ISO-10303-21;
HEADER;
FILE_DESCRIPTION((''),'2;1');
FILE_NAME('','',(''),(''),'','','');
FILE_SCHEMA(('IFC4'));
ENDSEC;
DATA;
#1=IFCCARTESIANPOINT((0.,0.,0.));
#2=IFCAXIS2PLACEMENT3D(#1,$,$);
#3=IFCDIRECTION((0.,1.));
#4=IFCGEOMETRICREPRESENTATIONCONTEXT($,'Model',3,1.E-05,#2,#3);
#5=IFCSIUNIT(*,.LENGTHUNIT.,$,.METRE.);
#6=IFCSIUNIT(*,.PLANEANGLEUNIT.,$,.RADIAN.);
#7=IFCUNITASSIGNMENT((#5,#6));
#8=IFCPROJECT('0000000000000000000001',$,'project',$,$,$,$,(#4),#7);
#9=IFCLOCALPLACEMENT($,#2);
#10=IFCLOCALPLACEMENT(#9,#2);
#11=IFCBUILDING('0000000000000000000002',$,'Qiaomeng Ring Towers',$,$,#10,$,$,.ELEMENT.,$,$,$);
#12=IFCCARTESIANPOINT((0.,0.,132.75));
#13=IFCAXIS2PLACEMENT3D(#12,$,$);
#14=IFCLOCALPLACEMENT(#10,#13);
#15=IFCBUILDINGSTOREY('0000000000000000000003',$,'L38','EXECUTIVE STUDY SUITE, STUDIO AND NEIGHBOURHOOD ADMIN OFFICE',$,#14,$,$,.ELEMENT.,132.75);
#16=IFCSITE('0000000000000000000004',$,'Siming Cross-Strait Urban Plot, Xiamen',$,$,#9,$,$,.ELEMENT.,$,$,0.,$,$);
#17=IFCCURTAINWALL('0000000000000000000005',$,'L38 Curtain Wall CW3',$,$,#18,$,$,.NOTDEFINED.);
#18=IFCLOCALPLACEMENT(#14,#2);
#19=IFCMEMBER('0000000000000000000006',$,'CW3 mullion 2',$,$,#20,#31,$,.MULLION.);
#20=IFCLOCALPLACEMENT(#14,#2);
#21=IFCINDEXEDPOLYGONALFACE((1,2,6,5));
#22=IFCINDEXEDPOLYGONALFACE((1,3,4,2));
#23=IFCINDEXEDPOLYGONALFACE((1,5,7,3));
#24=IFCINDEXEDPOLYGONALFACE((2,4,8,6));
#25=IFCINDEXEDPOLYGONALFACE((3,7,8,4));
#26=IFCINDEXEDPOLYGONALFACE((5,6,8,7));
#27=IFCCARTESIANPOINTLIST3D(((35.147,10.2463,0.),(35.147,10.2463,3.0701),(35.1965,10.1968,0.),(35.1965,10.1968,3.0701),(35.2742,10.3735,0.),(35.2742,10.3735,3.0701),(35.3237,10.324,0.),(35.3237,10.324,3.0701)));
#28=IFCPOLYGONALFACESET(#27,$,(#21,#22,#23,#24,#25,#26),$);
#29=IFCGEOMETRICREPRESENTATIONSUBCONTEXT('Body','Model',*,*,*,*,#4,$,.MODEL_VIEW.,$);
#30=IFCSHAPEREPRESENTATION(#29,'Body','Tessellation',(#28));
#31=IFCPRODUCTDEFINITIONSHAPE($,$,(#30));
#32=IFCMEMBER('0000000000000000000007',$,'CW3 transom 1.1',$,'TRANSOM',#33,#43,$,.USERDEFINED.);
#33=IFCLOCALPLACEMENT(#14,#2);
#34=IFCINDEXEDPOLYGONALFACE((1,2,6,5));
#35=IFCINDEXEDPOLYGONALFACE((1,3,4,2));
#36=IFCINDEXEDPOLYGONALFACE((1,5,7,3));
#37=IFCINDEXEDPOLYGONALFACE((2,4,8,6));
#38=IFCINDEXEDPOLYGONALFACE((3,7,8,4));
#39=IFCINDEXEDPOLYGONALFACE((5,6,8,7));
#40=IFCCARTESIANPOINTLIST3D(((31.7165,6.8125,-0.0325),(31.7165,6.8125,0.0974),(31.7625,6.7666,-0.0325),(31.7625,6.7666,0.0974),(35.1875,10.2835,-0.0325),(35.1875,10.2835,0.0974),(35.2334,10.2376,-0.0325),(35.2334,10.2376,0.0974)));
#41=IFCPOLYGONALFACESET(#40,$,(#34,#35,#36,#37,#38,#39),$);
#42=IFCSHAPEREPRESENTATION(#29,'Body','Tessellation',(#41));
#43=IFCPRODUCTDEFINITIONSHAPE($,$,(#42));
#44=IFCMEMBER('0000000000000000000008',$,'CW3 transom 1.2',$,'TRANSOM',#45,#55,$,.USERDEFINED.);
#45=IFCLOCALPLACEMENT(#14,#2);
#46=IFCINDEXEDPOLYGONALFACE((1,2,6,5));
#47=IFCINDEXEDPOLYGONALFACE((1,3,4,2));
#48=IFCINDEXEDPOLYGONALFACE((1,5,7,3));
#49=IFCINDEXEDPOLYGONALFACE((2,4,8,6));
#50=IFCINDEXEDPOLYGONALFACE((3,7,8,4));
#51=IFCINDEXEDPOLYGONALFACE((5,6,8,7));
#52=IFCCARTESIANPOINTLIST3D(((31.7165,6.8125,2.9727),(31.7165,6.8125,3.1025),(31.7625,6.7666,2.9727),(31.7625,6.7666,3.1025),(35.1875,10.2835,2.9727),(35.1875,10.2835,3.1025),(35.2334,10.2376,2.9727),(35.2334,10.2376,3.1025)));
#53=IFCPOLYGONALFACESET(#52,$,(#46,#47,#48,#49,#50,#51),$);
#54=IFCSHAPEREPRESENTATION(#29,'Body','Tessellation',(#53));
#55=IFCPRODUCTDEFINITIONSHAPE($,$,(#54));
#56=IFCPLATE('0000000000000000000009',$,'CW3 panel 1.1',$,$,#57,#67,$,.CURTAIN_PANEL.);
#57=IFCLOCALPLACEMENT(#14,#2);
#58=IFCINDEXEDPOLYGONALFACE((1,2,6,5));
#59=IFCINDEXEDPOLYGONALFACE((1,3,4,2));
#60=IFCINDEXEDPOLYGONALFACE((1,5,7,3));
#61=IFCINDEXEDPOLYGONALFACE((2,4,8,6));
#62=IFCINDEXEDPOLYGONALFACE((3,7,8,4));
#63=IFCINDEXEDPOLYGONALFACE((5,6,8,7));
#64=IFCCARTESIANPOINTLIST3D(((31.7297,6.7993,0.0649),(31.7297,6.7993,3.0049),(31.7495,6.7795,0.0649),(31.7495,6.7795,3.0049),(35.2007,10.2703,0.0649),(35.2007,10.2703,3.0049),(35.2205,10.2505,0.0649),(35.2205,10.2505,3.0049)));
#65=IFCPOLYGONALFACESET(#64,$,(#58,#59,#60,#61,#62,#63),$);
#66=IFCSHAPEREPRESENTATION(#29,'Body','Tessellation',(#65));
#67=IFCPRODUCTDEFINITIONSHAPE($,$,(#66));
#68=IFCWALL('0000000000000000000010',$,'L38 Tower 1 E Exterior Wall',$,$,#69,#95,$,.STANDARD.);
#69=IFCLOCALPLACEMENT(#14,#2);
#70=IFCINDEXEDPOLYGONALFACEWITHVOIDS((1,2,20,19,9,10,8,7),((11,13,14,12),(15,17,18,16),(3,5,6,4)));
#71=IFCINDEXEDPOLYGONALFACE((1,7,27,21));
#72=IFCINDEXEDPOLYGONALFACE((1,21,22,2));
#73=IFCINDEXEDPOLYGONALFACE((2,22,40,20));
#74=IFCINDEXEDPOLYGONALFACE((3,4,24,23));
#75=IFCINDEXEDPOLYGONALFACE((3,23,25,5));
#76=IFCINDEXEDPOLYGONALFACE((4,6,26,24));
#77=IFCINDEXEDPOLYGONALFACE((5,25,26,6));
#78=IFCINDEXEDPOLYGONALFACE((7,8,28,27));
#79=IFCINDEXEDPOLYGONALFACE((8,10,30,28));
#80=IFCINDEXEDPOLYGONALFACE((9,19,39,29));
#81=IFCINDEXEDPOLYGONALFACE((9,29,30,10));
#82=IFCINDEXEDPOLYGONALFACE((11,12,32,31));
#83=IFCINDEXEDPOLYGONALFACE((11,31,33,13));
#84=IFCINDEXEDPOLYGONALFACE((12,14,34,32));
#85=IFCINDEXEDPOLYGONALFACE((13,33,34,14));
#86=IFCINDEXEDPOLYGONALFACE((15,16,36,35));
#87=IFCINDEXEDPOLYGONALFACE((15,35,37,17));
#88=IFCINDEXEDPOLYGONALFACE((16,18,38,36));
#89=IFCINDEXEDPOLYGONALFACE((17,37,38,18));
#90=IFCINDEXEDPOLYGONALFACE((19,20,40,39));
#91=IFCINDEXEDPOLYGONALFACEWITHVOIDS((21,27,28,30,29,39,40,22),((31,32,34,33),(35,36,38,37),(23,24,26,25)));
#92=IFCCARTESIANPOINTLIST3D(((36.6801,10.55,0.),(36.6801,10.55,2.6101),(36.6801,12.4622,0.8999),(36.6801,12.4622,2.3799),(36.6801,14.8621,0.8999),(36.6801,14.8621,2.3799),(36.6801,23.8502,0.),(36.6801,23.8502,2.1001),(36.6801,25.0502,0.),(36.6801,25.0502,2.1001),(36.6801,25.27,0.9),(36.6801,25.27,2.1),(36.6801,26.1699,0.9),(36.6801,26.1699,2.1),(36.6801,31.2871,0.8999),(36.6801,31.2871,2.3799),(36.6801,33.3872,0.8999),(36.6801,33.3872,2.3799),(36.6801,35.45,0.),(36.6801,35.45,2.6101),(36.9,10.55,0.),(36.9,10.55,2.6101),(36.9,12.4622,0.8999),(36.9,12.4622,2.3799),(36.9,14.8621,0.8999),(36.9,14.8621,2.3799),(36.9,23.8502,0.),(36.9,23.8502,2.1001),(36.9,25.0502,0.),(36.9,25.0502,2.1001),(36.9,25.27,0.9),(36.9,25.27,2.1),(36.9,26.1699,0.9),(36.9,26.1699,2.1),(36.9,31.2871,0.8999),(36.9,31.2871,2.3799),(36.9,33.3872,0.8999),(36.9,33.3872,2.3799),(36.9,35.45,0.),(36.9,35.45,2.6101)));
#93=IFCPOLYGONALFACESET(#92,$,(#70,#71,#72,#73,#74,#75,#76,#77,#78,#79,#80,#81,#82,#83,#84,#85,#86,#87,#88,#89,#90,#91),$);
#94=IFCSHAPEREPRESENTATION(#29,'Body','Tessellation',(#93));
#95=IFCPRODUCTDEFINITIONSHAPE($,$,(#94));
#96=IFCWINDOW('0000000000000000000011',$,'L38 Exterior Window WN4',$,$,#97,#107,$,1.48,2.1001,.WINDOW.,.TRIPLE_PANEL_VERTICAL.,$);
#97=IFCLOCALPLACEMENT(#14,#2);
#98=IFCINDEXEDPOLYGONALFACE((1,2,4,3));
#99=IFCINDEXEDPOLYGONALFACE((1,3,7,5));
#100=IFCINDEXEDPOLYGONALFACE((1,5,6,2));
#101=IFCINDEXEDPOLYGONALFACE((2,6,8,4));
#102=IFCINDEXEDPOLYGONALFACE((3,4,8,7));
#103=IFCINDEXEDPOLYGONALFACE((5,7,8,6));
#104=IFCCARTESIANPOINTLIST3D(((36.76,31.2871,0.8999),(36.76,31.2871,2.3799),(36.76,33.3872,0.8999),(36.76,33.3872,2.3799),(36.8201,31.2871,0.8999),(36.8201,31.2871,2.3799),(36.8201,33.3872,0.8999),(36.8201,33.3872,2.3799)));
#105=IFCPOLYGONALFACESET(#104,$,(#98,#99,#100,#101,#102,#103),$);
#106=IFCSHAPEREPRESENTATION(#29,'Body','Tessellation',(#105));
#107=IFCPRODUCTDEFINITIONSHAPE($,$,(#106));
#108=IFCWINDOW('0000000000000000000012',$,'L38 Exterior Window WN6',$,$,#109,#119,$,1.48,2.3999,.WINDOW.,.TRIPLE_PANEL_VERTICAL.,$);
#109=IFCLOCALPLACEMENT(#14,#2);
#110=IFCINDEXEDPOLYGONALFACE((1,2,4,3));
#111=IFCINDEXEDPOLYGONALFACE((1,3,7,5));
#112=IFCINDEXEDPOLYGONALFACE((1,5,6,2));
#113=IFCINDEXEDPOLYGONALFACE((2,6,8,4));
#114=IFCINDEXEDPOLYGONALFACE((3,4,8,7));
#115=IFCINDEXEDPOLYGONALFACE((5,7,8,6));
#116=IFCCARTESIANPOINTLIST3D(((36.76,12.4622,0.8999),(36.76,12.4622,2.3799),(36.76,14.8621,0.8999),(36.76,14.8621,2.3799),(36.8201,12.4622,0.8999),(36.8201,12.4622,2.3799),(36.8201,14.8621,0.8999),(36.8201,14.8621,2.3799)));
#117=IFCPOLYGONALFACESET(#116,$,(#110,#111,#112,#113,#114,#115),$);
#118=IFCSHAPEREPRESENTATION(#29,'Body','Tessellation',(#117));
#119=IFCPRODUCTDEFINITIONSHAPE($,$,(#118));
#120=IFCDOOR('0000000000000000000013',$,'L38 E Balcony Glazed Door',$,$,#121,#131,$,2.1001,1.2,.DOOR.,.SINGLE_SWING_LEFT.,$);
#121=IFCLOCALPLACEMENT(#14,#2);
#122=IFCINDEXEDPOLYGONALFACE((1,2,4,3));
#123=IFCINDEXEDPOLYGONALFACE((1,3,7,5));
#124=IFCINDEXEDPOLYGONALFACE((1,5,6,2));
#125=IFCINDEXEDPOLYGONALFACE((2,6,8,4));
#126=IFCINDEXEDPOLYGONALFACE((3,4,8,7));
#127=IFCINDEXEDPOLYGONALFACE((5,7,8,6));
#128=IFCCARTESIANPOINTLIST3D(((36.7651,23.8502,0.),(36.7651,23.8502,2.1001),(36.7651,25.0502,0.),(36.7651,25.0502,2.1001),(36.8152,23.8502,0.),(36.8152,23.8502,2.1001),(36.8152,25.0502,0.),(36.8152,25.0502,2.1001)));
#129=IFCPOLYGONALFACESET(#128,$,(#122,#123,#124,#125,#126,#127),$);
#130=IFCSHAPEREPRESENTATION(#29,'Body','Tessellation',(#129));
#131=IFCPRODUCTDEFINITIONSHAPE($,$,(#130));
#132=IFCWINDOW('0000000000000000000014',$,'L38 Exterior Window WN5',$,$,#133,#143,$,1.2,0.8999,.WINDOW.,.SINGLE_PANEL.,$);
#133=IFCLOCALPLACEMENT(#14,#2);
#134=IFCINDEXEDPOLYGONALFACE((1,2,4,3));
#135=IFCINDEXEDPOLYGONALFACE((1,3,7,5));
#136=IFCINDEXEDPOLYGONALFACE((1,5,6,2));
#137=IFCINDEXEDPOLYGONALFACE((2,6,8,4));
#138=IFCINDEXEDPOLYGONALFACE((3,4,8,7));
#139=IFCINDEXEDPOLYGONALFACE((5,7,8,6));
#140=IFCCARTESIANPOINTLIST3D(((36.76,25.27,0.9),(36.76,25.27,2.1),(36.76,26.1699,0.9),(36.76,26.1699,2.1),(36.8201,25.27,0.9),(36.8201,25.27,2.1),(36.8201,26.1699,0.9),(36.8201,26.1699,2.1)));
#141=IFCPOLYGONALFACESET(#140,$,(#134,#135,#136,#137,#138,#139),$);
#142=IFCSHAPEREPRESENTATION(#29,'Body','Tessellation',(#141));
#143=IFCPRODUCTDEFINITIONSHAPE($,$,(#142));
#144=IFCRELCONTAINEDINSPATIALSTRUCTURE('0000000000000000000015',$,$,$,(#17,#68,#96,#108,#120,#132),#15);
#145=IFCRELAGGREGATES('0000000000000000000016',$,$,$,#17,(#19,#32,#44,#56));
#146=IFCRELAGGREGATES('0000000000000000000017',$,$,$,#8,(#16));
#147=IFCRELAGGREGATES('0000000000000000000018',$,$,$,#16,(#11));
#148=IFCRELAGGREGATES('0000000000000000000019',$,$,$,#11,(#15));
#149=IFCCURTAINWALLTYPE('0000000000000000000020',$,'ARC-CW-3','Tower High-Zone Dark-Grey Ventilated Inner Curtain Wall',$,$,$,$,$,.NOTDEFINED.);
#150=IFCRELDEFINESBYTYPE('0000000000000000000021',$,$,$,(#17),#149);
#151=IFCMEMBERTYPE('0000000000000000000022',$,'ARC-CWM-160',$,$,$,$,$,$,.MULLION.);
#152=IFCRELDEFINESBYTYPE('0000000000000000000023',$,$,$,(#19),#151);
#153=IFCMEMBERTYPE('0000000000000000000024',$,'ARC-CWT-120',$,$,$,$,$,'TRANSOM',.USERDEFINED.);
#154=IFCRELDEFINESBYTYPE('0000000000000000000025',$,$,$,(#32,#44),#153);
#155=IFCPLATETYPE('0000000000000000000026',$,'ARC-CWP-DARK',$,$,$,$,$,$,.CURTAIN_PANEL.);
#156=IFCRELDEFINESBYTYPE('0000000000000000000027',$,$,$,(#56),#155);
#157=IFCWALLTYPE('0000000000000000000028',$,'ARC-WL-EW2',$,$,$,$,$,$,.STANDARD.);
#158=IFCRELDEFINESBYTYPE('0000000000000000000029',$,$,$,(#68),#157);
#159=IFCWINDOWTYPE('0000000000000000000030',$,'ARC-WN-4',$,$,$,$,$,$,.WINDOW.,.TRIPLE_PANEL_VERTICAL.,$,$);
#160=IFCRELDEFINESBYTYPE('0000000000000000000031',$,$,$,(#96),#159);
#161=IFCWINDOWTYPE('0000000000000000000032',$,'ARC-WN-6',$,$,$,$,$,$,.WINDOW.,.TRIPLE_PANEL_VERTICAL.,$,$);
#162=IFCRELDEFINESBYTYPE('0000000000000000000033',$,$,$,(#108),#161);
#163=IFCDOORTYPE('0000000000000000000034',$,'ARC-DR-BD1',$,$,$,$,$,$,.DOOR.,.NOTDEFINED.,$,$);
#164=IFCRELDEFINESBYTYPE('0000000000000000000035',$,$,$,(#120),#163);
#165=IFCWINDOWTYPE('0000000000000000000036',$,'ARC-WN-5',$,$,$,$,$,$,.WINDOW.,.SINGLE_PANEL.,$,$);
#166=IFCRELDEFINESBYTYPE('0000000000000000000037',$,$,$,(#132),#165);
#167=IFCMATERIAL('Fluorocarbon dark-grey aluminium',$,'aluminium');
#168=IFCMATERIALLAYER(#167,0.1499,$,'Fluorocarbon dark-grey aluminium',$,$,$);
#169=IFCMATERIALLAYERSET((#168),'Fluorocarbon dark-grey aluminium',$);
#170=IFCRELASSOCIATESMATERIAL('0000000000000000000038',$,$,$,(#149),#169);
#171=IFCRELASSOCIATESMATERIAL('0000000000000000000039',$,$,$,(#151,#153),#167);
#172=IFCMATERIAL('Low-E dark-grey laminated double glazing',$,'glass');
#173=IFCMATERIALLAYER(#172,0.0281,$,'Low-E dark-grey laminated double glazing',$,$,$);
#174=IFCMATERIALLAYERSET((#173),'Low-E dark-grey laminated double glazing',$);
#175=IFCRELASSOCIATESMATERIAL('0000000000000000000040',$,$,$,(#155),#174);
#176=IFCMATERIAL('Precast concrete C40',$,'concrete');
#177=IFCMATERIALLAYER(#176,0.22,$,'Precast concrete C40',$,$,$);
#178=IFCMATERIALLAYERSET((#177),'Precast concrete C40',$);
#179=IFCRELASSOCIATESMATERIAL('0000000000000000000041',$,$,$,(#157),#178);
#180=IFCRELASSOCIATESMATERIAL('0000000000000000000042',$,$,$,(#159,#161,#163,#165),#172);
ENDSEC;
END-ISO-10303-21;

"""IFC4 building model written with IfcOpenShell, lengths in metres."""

from ifc_helpers import new_model, si_unit, direction, frame, frame_2d, origin, origin_2d, place, context, subcontext, project, spatial, rectangle, extrude, source, transform, mapped, material, layer, layer_set, material_profile, profile_set, type_object, element, fill, aggregate, save


model = new_model("IFC4")

# Units and contexts
model_context = context("Model", 3, precision=1e-05, world=origin(), true_north=direction((0.0, 1.0)))
body_context = subcontext(model_context, "Body", "Model", "MODEL_VIEW")
ifc_project = project(units=[si_unit("LENGTHUNIT", "METRE"), si_unit("PLANEANGLEUNIT", "RADIAN")], contexts=[model_context])

# Site, building, storey
site_placement = place(None, origin())
site = spatial("IfcSite", under=ifc_project, at=site_placement, Name="Siming Cross-Strait Urban Plot, Xiamen", CompositionType="ELEMENT", RefElevation=0.0)
building_placement = place(site_placement, origin())
building = spatial("IfcBuilding", under=site, at=building_placement, Name="Qiaomeng Ring Towers", CompositionType="ELEMENT")
storey_placement = place(building_placement, frame((0.0, 0.0, 132.75)))
storey = spatial("IfcBuildingStorey", under=building, at=storey_placement, Name="L38", Description="EXECUTIVE STUDY SUITE, STUDIO AND NEIGHBOURHOOD ADMIN OFFICE", CompositionType="ELEMENT", Elevation=132.75)

# Curtain wall, members, plate
ifc_material_1 = material(Name="Fluorocarbon dark-grey aluminium", Category="aluminium")
ifc_layer_1 = layer(ifc_material_1, 0.1499, Name="Fluorocarbon dark-grey aluminium")
ifc_layer_set_1 = layer_set([ifc_layer_1], Name="Fluorocarbon dark-grey aluminium")
curtain_wall_type = type_object("IfcCurtainWallType", Name="ARC-CW-3", Description="Tower High-Zone Dark-Grey Ventilated Inner Curtain Wall", PredefinedType="NOTDEFINED", material=ifc_layer_set_1)
curtain_wall_placement = place(storey_placement, origin())
curtain_wall = element("IfcCurtainWall", 1, at=curtain_wall_placement, inside=storey, type_object=curtain_wall_type, Name="L38 Curtain Wall CW3", PredefinedType="NOTDEFINED")
ifc_material_profile_1 = material_profile(ifc_material_1, rectangle(XDim=0.0701, YDim=0.1799, at=origin_2d()), Name="ALU MULL 70x180")
ifc_profile_set_1 = profile_set([ifc_material_profile_1], Name="Fluorocarbon dark-grey aluminium")
member_type_1 = type_object("IfcMemberType", Name="ARC-CWM-160", PredefinedType="MULLION", material=ifc_profile_set_1)
shared_shape_1 = source(origin(), body_context, "Body", "SweptSolid", [
    extrude(rectangle(XDim=0.0701, YDim=0.1799, at=origin_2d()), origin(), (0.0, 0.0, 1.0), 3.0701),
])
member_1_placement = place(storey_placement, frame((35.2354, 10.2852, 0.0), z_axis=(0.0, 0.0, 1.0), x_axis=(-0.707107, 0.707107, 0.0)))
member_1 = element("IfcMember", 2, at=member_1_placement, type_object=member_type_1, Name="CW3 mullion 2", PredefinedType="MULLION", context=body_context, shape_type="MappedRepresentation", body=[
    mapped(shared_shape_1, transform((0.0, 0.0, 0.0), x_axis=(1.0, 0.0, 0.0), y_axis=(0.0, 1.0, 0.0), z_axis=(0.0, 0.0, 1.0), scale=1.0)),
])
ifc_material_profile_2 = material_profile(ifc_material_1, rectangle(XDim=0.0649, YDim=0.1299, at=origin_2d()), Name="ALU TRAN 65x130")
ifc_profile_set_2 = profile_set([ifc_material_profile_2], Name="Fluorocarbon dark-grey aluminium")
member_type_2 = type_object("IfcMemberType", Name="ARC-CWT-120", ElementType="TRANSOM", PredefinedType="USERDEFINED", material=ifc_profile_set_2)
shared_shape_2 = source(origin(), body_context, "Body", "SweptSolid", [
    extrude(rectangle(XDim=0.0649, YDim=0.1299, at=origin_2d()), origin(), (0.0, 0.0, 1.0), 4.9087),
])
member_2_placement = place(storey_placement, frame((31.7395, 6.7896, 0.0325), z_axis=(0.707107, 0.707107, 0.0), x_axis=(-0.707107, 0.707107, 0.0)))
member_2 = element("IfcMember", 3, at=member_2_placement, type_object=member_type_2, Name="CW3 transom 1.1", ObjectType="TRANSOM", PredefinedType="USERDEFINED", context=body_context, shape_type="MappedRepresentation", body=[
    mapped(shared_shape_2, transform((0.0, 0.0, 0.0), x_axis=(1.0, 0.0, 0.0), y_axis=(0.0, 1.0, 0.0), z_axis=(0.0, 0.0, 1.0), scale=1.0)),
])
member_3_placement = place(storey_placement, frame((31.7395, 6.7896, 3.0376), z_axis=(0.707107, 0.707107, 0.0), x_axis=(-0.707107, 0.707107, 0.0)))
member_3 = element("IfcMember", 4, at=member_3_placement, type_object=member_type_2, Name="CW3 transom 1.2", ObjectType="TRANSOM", PredefinedType="USERDEFINED", context=body_context, shape_type="MappedRepresentation", body=[
    mapped(shared_shape_2, transform((0.0, 0.0, 0.0), x_axis=(1.0, 0.0, 0.0), y_axis=(0.0, 1.0, 0.0), z_axis=(0.0, 0.0, 1.0), scale=1.0)),
])
ifc_material_2 = material(Name="Low-E dark-grey laminated double glazing", Category="glass")
ifc_layer_2 = layer(ifc_material_2, 0.0281, Name="Low-E dark-grey laminated double glazing")
ifc_layer_set_2 = layer_set([ifc_layer_2], Name="Low-E dark-grey laminated double glazing")
plate_type = type_object("IfcPlateType", Name="ARC-CWP-DARK", PredefinedType="CURTAIN_PANEL", material=ifc_layer_set_2)
shared_shape_3 = source(origin(), body_context, "Body", "SweptSolid", [
    extrude(rectangle(XDim=4.9087, YDim=0.0281, at=origin_2d()), origin(), (0.0, 0.0, 1.0), 2.9399),
])
plate_placement = place(storey_placement, frame((33.4751, 8.5249, 0.0649), z_axis=(0.0, 0.0, 1.0), x_axis=(0.707107, 0.707107, 0.0)))
plate = element("IfcPlate", 5, at=plate_placement, type_object=plate_type, Name="CW3 panel 1.1", PredefinedType="CURTAIN_PANEL", context=body_context, shape_type="MappedRepresentation", body=[
    mapped(shared_shape_3, transform((0.0, 0.0, 0.0), x_axis=(1.0, 0.0, 0.0), y_axis=(0.0, 1.0, 0.0), z_axis=(0.0, 0.0, 1.0), scale=1.0)),
])
aggregate(curtain_wall, [member_1, member_2, member_3, plate])

# Wall, openings, windows, door
ifc_material_3 = material(Name="Precast concrete C40", Category="concrete")
ifc_layer_3 = layer(ifc_material_3, 0.22, Name="Precast concrete C40")
ifc_layer_set_3 = layer_set([ifc_layer_3], Name="Precast concrete C40")
wall_type_1 = type_object("IfcWallType", Name="ARC-WL-EW2", PredefinedType="STANDARD", material=ifc_layer_set_3)
wall_1_placement = place(storey_placement, frame((36.79, 10.55, 0.0), z_axis=(0.0, 0.0, 1.0), x_axis=(0.0, 1.0, 0.0)))
wall_1 = element("IfcWall", 6, at=wall_1_placement, inside=storey, type_object=wall_type_1, Name="L38 Tower 1 E Exterior Wall", PredefinedType="STANDARD", context=body_context, shape_type="SweptSolid", body=[
    extrude(rectangle(XDim=24.8999, YDim=0.22, at=frame_2d((12.45, 0.0))), origin(), (0.0, 0.0, 1.0), 2.6101),
])
opening_1_placement = place(wall_1_placement, frame((13.3, 0.0, 0.0)))
opening_1 = element("IfcOpeningElement", 7, at=opening_1_placement, cuts=wall_1, PredefinedType="OPENING", context=body_context, shape_type="SweptSolid", body=[
    extrude(rectangle(XDim=1.2, YDim=2.1001, at=frame_2d((0.6001, 1.05))), frame((0.0, 0.1199, 0.0), z_axis=(0.0, -1.0, 0.0), x_axis=(1.0, 0.0, 0.0)), (0.0, 0.0, 1.0), 0.24),
])
opening_2_placement = place(wall_1_placement, frame((1.9121, 0.0, 0.8999)))
opening_2 = element("IfcOpeningElement", 8, at=opening_2_placement, cuts=wall_1, PredefinedType="OPENING", context=body_context, shape_type="SweptSolid", body=[
    extrude(rectangle(XDim=2.3999, YDim=1.48, at=frame_2d((1.2, 0.74))), frame((0.0, 0.1199, 0.0), z_axis=(0.0, -1.0, 0.0), x_axis=(1.0, 0.0, 0.0)), (0.0, 0.0, 1.0), 0.24),
])
opening_3_placement = place(wall_1_placement, frame((20.7371, 0.0, 0.8999)))
opening_3 = element("IfcOpeningElement", 9, at=opening_3_placement, cuts=wall_1, PredefinedType="OPENING", context=body_context, shape_type="SweptSolid", body=[
    extrude(rectangle(XDim=2.1001, YDim=1.48, at=frame_2d((1.05, 0.74))), frame((0.0, 0.1199, 0.0), z_axis=(0.0, -1.0, 0.0), x_axis=(1.0, 0.0, 0.0)), (0.0, 0.0, 1.0), 0.24),
])
opening_4_placement = place(wall_1_placement, frame((14.72, 0.0, 0.8999)))
opening_4 = element("IfcOpeningElement", 10, at=opening_4_placement, cuts=wall_1, PredefinedType="OPENING", context=body_context, shape_type="SweptSolid", body=[
    extrude(rectangle(XDim=0.8999, YDim=1.2, at=frame_2d((0.45, 0.6001))), frame((0.0, 0.1199, 0.0), z_axis=(0.0, -1.0, 0.0), x_axis=(1.0, 0.0, 0.0)), (0.0, 0.0, 1.0), 0.24),
])
window_type_1 = type_object("IfcWindowType", Name="ARC-WN-4", PartitioningType="TRIPLE_PANEL_VERTICAL", PredefinedType="WINDOW", material=ifc_material_2)
shared_shape_4 = source(origin(), body_context, "Body", "SweptSolid", [
    extrude(rectangle(XDim=2.1001, YDim=1.48, at=frame_2d((1.05, 0.74))), frame((0.0, 0.03, 0.0), z_axis=(0.0, -1.0, 0.0), x_axis=(1.0, 0.0, 0.0)), (0.0, 0.0, 1.0), 0.0601),
])
window_1_placement = place(opening_3_placement, origin())
window_1 = element("IfcWindow", 11, at=window_1_placement, inside=storey, type_object=window_type_1, Name="L38 Exterior Window WN4", OverallHeight=1.48, OverallWidth=2.1001, PartitioningType="TRIPLE_PANEL_VERTICAL", PredefinedType="WINDOW", context=body_context, shape_type="MappedRepresentation", body=[
    mapped(shared_shape_4, transform((0.0, 0.0, 0.0), x_axis=(1.0, 0.0, 0.0), y_axis=(0.0, 1.0, 0.0), z_axis=(0.0, 0.0, 1.0), scale=1.0)),
])
fill(opening_3, window_1)
window_type_2 = type_object("IfcWindowType", Name="ARC-WN-6", PartitioningType="TRIPLE_PANEL_VERTICAL", PredefinedType="WINDOW", material=ifc_material_2)
shared_shape_5 = source(origin(), body_context, "Body", "SweptSolid", [
    extrude(rectangle(XDim=2.3999, YDim=1.48, at=frame_2d((1.2, 0.74))), frame((0.0, 0.03, 0.0), z_axis=(0.0, -1.0, 0.0), x_axis=(1.0, 0.0, 0.0)), (0.0, 0.0, 1.0), 0.0601),
])
window_2_placement = place(opening_2_placement, origin())
window_2 = element("IfcWindow", 12, at=window_2_placement, inside=storey, type_object=window_type_2, Name="L38 Exterior Window WN6", OverallHeight=1.48, OverallWidth=2.3999, PartitioningType="TRIPLE_PANEL_VERTICAL", PredefinedType="WINDOW", context=body_context, shape_type="MappedRepresentation", body=[
    mapped(shared_shape_5, transform((0.0, 0.0, 0.0), x_axis=(1.0, 0.0, 0.0), y_axis=(0.0, 1.0, 0.0), z_axis=(0.0, 0.0, 1.0), scale=1.0)),
])
fill(opening_2, window_2)
door_type_1 = type_object("IfcDoorType", Name="ARC-DR-BD1", OperationType="NOTDEFINED", PredefinedType="DOOR", material=ifc_material_2)
shared_shape_6 = source(origin(), body_context, "Body", "SweptSolid", [
    extrude(rectangle(XDim=1.2, YDim=2.1001, at=frame_2d((0.6001, 1.05))), frame((0.0, 0.0249, 0.0), z_axis=(0.0, -1.0, 0.0), x_axis=(1.0, 0.0, 0.0)), (0.0, 0.0, 1.0), 0.05),
])
door_1_placement = place(opening_1_placement, origin())
door_1 = element("IfcDoor", 13, at=door_1_placement, inside=storey, type_object=door_type_1, Name="L38 E Balcony Glazed Door", OperationType="SINGLE_SWING_LEFT", OverallHeight=2.1001, OverallWidth=1.2, PredefinedType="DOOR", context=body_context, shape_type="MappedRepresentation", body=[
    mapped(shared_shape_6, transform((0.0, 0.0, 0.0), x_axis=(1.0, 0.0, 0.0), y_axis=(0.0, 1.0, 0.0), z_axis=(0.0, 0.0, 1.0), scale=1.0)),
])
fill(opening_1, door_1)
window_type_3 = type_object("IfcWindowType", Name="ARC-WN-5", PartitioningType="SINGLE_PANEL", PredefinedType="WINDOW", material=ifc_material_2)
shared_shape_7 = source(origin(), body_context, "Body", "SweptSolid", [
    extrude(rectangle(XDim=0.8999, YDim=1.2, at=frame_2d((0.45, 0.6001))), frame((0.0, 0.03, 0.0), z_axis=(0.0, -1.0, 0.0), x_axis=(1.0, 0.0, 0.0)), (0.0, 0.0, 1.0), 0.0601),
])
window_3_placement = place(opening_4_placement, origin())
window_3 = element("IfcWindow", 14, at=window_3_placement, inside=storey, type_object=window_type_3, Name="L38 Exterior Window WN5", OverallHeight=1.2, OverallWidth=0.8999, PartitioningType="SINGLE_PANEL", PredefinedType="WINDOW", context=body_context, shape_type="MappedRepresentation", body=[
    mapped(shared_shape_7, transform((0.0, 0.0, 0.0), x_axis=(1.0, 0.0, 0.0), y_axis=(0.0, 1.0, 0.0), z_axis=(0.0, 0.0, 1.0), scale=1.0)),
])
fill(opening_4, window_3)

save(model, "model.ifc")
